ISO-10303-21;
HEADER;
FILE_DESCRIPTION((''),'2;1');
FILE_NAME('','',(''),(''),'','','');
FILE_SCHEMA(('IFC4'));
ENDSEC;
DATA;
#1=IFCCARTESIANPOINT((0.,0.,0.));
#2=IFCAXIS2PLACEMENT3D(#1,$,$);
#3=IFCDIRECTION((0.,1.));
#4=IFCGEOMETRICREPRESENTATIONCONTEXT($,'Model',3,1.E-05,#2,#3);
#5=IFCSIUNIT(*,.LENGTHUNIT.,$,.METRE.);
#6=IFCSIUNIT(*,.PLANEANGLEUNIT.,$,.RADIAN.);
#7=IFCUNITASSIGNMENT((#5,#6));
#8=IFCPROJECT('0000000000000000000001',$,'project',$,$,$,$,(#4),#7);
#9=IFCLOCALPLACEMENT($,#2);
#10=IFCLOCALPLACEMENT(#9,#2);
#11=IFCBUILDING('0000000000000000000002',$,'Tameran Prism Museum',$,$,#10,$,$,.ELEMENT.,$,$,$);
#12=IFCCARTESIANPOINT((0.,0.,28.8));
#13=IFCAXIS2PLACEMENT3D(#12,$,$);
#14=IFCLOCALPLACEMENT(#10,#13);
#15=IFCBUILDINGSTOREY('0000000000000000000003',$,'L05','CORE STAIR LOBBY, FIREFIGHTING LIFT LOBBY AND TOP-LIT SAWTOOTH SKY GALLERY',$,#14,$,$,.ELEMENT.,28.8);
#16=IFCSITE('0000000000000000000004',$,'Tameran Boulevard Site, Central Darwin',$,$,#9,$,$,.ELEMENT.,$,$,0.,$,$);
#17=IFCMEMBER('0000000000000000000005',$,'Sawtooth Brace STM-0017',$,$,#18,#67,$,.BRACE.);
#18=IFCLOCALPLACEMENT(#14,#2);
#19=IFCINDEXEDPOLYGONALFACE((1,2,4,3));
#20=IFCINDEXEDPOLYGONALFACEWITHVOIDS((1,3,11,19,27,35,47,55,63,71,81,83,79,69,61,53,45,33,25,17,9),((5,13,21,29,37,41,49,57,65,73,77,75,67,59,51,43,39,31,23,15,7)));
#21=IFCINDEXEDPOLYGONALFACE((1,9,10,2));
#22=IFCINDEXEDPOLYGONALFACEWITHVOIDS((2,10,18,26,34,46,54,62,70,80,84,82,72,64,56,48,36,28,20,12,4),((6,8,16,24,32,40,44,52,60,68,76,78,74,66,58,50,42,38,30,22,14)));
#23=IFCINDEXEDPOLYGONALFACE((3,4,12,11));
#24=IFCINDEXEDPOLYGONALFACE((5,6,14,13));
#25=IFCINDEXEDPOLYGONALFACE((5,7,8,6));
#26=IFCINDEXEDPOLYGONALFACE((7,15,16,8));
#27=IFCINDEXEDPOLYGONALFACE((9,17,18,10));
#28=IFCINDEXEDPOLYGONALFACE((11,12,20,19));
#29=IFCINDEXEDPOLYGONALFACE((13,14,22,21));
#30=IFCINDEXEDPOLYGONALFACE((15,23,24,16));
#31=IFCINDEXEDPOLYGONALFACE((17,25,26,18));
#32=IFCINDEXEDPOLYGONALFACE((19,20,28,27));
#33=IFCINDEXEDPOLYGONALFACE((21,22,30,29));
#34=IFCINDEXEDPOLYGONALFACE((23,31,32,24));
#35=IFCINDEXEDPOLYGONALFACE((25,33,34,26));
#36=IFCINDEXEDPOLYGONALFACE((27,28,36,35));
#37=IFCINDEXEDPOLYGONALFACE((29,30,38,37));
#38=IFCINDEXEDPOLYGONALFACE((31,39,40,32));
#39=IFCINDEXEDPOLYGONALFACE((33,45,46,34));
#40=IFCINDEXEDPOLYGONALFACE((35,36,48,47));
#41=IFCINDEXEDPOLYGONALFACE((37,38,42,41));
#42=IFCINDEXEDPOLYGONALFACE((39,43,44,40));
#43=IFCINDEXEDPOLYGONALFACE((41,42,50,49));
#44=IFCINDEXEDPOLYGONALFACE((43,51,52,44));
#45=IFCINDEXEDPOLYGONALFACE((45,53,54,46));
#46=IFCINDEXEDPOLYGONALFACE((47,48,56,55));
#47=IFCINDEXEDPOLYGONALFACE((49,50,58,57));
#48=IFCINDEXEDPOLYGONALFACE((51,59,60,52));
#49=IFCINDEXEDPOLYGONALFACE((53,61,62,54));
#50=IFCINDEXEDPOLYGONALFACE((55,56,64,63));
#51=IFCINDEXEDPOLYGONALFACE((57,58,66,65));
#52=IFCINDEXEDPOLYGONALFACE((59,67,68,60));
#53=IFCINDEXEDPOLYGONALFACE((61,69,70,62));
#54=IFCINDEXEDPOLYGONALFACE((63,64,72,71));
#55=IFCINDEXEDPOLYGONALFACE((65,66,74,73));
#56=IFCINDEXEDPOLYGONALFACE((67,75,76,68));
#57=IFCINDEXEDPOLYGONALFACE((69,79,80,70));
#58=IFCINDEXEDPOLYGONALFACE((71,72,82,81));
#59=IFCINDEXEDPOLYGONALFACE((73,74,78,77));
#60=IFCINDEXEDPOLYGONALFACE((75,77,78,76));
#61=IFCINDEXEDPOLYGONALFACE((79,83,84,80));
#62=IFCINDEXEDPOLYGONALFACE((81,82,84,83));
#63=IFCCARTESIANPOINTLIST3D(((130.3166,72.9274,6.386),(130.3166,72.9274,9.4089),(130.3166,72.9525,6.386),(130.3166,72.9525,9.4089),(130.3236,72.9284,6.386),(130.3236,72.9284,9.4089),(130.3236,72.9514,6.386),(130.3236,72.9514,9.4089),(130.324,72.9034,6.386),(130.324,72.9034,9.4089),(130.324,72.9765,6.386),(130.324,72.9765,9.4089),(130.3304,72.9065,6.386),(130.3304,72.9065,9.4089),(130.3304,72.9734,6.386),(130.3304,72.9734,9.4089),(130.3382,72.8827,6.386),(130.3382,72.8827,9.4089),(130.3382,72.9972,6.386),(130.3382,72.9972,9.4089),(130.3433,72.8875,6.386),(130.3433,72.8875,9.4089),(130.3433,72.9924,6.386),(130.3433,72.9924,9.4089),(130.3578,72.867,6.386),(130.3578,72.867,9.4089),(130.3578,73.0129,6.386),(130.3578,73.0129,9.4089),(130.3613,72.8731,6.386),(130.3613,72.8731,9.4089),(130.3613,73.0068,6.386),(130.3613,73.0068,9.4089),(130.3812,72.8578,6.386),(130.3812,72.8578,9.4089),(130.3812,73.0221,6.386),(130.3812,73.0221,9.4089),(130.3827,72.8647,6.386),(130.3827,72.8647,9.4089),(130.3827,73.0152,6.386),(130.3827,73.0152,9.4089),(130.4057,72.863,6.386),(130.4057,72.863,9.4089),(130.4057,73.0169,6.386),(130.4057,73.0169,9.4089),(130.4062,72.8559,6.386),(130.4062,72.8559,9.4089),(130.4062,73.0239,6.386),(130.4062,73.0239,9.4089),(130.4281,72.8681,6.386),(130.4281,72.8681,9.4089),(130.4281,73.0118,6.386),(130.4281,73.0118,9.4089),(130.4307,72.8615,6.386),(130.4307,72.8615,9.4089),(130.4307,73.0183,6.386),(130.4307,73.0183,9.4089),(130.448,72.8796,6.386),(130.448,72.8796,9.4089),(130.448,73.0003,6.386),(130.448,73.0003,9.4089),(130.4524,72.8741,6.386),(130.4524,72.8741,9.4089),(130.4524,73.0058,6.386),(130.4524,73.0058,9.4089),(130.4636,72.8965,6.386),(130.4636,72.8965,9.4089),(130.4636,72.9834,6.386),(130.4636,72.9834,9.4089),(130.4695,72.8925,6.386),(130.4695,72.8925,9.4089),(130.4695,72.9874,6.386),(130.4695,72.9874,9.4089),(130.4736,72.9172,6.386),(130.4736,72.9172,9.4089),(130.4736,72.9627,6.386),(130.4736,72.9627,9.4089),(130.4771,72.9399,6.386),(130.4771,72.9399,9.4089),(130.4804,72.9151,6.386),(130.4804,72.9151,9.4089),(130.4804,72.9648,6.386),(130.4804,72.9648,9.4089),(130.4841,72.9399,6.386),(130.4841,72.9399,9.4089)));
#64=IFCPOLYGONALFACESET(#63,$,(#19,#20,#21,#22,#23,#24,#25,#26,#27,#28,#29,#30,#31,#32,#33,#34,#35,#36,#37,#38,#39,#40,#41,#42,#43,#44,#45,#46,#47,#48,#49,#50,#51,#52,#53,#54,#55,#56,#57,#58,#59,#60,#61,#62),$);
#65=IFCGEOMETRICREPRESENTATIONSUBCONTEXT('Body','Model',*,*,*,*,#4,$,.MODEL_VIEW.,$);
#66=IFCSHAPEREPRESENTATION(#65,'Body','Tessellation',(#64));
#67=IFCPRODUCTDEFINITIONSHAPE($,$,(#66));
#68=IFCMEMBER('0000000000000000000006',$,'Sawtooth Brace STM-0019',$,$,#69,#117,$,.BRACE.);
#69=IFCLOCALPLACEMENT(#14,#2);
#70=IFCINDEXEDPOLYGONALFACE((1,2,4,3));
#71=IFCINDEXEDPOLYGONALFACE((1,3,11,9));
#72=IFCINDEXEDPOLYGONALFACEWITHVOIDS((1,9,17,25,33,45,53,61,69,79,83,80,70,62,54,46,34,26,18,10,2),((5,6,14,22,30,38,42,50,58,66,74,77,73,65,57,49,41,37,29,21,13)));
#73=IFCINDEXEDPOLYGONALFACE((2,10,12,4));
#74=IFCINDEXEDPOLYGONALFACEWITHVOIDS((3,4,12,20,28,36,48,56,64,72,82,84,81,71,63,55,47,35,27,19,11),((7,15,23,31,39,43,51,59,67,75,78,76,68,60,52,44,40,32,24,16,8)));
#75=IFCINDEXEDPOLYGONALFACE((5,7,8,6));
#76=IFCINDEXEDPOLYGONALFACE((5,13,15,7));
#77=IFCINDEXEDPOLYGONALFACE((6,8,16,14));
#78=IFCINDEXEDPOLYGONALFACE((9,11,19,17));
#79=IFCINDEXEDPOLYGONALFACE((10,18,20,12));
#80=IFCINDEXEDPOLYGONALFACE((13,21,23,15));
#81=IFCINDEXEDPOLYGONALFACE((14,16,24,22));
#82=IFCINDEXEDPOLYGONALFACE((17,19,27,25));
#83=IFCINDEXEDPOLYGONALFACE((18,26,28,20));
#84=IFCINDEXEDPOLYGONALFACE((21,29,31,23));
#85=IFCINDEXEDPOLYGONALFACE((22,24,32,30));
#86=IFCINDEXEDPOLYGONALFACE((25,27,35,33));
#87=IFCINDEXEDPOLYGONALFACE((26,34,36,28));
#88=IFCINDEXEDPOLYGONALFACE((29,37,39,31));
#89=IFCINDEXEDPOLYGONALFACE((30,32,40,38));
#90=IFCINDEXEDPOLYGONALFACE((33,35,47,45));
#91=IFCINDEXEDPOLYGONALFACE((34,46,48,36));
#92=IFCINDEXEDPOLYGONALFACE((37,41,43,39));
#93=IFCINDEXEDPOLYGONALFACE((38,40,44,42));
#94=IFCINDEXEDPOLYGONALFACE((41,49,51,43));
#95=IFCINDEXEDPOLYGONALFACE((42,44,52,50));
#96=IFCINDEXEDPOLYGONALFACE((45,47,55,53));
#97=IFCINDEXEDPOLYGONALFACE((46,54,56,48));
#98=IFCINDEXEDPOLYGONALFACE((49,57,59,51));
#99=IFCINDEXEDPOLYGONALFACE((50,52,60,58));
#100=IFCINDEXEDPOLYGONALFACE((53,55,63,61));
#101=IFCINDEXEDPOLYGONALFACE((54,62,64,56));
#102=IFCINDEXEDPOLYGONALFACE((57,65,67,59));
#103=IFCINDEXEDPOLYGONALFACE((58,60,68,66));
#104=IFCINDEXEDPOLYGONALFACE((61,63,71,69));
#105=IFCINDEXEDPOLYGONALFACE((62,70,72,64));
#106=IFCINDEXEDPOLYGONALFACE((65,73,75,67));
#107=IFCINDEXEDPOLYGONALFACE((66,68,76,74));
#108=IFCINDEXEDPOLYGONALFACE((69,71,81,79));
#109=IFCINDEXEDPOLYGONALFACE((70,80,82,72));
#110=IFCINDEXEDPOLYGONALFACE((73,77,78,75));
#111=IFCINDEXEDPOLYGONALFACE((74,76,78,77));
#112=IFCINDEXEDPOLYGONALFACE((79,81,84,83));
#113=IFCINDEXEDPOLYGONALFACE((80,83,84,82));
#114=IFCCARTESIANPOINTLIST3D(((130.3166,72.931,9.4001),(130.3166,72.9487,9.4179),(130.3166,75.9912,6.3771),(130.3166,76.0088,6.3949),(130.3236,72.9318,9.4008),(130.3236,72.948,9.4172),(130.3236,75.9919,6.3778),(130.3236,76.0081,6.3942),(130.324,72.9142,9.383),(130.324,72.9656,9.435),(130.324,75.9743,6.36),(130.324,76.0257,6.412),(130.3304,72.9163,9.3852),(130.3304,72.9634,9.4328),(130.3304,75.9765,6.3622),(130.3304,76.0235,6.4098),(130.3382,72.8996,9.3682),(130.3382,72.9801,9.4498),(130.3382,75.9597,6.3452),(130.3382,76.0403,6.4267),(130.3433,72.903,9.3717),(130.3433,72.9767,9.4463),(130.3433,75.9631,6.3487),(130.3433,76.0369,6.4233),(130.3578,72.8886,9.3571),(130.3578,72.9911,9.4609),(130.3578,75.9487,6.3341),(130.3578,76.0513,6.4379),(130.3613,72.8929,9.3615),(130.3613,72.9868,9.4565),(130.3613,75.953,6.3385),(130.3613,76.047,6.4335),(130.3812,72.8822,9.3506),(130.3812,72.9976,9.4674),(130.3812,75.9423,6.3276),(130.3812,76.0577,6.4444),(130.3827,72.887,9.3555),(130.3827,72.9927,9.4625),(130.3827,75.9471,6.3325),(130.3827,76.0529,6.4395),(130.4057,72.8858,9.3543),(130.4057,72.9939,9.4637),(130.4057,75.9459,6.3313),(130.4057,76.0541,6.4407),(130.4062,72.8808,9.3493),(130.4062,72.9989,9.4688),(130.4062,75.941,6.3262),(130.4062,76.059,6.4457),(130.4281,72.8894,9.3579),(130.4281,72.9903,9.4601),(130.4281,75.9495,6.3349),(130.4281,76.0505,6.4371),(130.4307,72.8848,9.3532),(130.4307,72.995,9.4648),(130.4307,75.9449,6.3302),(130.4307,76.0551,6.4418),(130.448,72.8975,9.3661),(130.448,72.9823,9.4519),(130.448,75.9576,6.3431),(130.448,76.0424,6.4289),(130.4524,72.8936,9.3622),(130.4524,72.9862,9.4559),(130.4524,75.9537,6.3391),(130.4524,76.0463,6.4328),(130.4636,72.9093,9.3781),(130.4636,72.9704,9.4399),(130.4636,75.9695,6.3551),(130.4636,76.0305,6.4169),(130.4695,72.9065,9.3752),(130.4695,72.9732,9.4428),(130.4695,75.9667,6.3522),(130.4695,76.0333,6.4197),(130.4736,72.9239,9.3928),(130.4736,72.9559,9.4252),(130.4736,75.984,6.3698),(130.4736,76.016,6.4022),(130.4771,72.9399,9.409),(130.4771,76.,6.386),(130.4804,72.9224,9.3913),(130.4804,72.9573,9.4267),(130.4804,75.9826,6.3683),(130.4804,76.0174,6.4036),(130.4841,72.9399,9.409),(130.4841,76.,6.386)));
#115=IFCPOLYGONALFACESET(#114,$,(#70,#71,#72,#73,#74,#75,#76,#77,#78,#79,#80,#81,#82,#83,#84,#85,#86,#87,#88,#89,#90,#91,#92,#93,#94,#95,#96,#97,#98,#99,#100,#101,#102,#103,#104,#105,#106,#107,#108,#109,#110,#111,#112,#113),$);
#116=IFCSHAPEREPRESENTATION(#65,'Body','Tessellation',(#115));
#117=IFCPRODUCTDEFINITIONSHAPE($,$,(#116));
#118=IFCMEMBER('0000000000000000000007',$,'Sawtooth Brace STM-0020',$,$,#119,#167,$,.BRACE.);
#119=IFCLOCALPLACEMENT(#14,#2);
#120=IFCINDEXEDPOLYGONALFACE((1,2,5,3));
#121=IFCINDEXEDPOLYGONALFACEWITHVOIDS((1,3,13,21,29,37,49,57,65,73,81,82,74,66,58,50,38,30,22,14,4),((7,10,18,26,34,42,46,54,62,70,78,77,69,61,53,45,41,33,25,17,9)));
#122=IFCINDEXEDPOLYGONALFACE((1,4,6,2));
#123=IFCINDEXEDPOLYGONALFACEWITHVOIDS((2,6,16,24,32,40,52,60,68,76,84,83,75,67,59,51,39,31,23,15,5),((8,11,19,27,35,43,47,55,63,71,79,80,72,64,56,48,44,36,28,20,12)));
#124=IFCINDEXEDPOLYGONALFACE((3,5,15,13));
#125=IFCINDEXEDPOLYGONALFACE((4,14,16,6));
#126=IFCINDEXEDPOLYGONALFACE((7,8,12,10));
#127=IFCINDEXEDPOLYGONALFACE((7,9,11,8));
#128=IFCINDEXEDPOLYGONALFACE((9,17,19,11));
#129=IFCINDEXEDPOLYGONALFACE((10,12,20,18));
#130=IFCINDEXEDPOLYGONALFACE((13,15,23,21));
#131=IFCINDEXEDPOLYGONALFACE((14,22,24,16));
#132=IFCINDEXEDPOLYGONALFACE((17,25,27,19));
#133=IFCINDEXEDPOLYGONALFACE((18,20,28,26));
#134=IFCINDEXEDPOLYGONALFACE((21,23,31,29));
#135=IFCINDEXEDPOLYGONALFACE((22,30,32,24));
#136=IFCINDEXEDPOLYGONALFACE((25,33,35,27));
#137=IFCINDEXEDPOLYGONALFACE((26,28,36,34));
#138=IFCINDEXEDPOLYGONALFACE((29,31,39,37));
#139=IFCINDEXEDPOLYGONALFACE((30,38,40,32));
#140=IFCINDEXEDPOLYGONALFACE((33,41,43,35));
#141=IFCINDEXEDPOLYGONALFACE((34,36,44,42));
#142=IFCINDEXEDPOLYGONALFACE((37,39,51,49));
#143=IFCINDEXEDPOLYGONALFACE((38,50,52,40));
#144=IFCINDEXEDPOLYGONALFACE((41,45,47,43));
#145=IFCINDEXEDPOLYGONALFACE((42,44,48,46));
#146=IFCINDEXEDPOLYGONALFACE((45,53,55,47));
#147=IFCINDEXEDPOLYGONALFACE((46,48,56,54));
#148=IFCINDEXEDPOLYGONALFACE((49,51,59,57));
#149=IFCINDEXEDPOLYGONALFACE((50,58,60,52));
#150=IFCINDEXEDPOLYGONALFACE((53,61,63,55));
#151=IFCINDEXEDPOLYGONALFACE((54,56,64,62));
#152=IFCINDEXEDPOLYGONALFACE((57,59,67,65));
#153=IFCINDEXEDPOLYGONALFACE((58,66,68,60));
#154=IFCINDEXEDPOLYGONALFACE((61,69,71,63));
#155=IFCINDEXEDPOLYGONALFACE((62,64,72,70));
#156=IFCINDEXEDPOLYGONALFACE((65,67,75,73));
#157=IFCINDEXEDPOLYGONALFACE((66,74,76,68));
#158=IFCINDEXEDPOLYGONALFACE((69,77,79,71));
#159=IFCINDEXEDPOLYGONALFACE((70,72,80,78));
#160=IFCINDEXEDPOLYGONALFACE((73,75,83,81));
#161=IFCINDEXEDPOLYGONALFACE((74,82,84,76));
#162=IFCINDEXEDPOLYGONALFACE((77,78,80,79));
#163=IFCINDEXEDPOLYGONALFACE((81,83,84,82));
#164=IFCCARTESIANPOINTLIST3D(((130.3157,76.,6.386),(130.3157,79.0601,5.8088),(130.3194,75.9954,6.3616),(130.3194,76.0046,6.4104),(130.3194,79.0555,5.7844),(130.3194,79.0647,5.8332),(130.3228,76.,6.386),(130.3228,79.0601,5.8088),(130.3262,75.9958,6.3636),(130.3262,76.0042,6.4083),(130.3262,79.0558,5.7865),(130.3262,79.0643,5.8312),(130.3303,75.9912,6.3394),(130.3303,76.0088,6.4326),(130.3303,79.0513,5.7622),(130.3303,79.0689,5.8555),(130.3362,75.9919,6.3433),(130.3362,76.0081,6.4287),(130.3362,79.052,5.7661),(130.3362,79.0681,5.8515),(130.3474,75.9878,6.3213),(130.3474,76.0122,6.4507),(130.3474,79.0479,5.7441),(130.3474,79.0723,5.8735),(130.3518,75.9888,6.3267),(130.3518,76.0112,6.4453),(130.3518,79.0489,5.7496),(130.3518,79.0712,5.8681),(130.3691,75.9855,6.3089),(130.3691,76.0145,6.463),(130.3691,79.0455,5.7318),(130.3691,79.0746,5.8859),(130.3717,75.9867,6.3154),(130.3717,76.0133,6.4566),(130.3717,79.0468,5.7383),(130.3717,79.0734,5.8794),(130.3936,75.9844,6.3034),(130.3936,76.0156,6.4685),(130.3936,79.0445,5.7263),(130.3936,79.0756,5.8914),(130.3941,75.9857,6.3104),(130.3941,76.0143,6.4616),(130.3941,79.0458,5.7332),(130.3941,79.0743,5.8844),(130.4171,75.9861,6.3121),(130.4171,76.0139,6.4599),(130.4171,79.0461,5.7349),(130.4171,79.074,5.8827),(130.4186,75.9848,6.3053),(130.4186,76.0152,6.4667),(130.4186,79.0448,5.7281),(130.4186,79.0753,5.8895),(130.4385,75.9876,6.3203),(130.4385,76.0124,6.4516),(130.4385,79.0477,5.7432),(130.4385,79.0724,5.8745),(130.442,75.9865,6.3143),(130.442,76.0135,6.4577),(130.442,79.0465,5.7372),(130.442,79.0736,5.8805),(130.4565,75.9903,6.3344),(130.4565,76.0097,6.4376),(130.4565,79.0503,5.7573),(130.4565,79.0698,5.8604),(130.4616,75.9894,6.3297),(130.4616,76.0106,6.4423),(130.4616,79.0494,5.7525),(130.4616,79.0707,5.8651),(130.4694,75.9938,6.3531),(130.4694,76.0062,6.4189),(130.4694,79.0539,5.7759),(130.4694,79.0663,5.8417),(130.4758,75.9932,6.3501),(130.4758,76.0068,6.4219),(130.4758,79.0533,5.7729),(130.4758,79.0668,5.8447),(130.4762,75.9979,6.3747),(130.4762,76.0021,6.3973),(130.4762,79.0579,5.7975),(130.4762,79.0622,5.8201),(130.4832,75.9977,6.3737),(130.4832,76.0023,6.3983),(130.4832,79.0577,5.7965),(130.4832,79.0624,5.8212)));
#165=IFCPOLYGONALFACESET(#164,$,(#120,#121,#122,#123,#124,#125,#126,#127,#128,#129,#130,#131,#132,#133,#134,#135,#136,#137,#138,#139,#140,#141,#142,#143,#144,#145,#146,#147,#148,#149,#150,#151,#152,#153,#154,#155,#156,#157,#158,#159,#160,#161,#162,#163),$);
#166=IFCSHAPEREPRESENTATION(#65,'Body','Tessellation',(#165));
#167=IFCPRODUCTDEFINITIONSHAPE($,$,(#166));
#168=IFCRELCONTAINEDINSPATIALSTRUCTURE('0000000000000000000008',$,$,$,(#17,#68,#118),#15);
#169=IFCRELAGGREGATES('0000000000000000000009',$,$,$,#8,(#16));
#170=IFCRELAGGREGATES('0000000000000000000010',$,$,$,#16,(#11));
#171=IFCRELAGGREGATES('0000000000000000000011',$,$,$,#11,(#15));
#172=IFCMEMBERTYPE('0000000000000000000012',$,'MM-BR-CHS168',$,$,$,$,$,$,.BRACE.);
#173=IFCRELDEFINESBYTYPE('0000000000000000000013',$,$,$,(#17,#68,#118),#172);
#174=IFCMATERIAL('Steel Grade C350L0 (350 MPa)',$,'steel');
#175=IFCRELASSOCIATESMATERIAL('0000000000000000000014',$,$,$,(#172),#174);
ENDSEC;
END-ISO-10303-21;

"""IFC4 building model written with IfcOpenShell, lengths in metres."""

from ifc_helpers import new_model, si_unit, direction, frame, origin, origin_2d, place, context, subcontext, project, spatial, hollow_circle, extrude, material, material_profile, profile_set, type_object, element, save


model = new_model("IFC4")

# Units and contexts
model_context = context("Model", 3, precision=1e-05, world=origin(), true_north=direction((0.0, 1.0)))
body_context = subcontext(model_context, "Body", "Model", "MODEL_VIEW")
ifc_project = project(units=[si_unit("LENGTHUNIT", "METRE"), si_unit("PLANEANGLEUNIT", "RADIAN")], contexts=[model_context])

# Site, building, storey
site_placement = place(None, origin())
site = spatial("IfcSite", under=ifc_project, at=site_placement, Name="Tameran Boulevard Site, Central Darwin", CompositionType="ELEMENT", RefElevation=0.0)
building_placement = place(site_placement, origin())
building = spatial("IfcBuilding", under=site, at=building_placement, Name="Tameran Prism Museum", CompositionType="ELEMENT")
storey_placement = place(building_placement, frame((0.0, 0.0, 28.8)))
storey = spatial("IfcBuildingStorey", under=building, at=storey_placement, Name="L05", Description="CORE STAIR LOBBY, FIREFIGHTING LIFT LOBBY AND TOP-LIT SAWTOOTH SKY GALLERY", CompositionType="ELEMENT", Elevation=28.8)

# Members
ifc_material_1 = material(Name="Steel Grade C350L0 (350 MPa)", Category="steel")
ifc_material_profile_1 = material_profile(ifc_material_1, hollow_circle(Radius=0.0842, WallThickness=0.0071, at=origin_2d()))
ifc_profile_set_1 = profile_set([ifc_material_profile_1])
member_type_1 = type_object("IfcMemberType", Name="MM-BR-CHS168", PredefinedType="BRACE", material=ifc_profile_set_1)
member_1_placement = place(storey_placement, frame((130.3999, 72.9399, 6.386), z_axis=(0.0, 0.0, 1.0), x_axis=(1.0, 0.0, 0.0)))
element("IfcMember", 1, at=member_1_placement, inside=storey, type_object=member_type_1, Name="Sawtooth Brace STM-0017", PredefinedType="BRACE", context=body_context, shape_type="SweptSolid", body=[
    extrude(hollow_circle(Radius=0.0842, WallThickness=0.0071, at=origin_2d()), origin(), (0.0, 0.0, 1.0), 3.0229),
])
member_2_placement = place(storey_placement, frame((130.3999, 76.0, 6.386), z_axis=(0.0, -0.711407, 0.70278), x_axis=(1.0, 0.0, 0.0)))
element("IfcMember", 2, at=member_2_placement, inside=storey, type_object=member_type_1, Name="Sawtooth Brace STM-0019", PredefinedType="BRACE", context=body_context, shape_type="SweptSolid", body=[
    extrude(hollow_circle(Radius=0.0842, WallThickness=0.0071, at=origin_2d()), origin(), (0.0, 0.0, 1.0), 4.3015),
])
member_3_placement = place(storey_placement, frame((130.3999, 76.0, 6.386), z_axis=(0.0, 0.982675, -0.185339), x_axis=(-1.0, 0.0, 0.0)))
element("IfcMember", 3, at=member_3_placement, inside=storey, type_object=member_type_1, Name="Sawtooth Brace STM-0020", PredefinedType="BRACE", context=body_context, shape_type="SweptSolid", body=[
    extrude(hollow_circle(Radius=0.0842, WallThickness=0.0071, at=origin_2d()), origin(), (0.0, 0.0, 1.0), 3.114),
])

save(model, "model.ifc")
